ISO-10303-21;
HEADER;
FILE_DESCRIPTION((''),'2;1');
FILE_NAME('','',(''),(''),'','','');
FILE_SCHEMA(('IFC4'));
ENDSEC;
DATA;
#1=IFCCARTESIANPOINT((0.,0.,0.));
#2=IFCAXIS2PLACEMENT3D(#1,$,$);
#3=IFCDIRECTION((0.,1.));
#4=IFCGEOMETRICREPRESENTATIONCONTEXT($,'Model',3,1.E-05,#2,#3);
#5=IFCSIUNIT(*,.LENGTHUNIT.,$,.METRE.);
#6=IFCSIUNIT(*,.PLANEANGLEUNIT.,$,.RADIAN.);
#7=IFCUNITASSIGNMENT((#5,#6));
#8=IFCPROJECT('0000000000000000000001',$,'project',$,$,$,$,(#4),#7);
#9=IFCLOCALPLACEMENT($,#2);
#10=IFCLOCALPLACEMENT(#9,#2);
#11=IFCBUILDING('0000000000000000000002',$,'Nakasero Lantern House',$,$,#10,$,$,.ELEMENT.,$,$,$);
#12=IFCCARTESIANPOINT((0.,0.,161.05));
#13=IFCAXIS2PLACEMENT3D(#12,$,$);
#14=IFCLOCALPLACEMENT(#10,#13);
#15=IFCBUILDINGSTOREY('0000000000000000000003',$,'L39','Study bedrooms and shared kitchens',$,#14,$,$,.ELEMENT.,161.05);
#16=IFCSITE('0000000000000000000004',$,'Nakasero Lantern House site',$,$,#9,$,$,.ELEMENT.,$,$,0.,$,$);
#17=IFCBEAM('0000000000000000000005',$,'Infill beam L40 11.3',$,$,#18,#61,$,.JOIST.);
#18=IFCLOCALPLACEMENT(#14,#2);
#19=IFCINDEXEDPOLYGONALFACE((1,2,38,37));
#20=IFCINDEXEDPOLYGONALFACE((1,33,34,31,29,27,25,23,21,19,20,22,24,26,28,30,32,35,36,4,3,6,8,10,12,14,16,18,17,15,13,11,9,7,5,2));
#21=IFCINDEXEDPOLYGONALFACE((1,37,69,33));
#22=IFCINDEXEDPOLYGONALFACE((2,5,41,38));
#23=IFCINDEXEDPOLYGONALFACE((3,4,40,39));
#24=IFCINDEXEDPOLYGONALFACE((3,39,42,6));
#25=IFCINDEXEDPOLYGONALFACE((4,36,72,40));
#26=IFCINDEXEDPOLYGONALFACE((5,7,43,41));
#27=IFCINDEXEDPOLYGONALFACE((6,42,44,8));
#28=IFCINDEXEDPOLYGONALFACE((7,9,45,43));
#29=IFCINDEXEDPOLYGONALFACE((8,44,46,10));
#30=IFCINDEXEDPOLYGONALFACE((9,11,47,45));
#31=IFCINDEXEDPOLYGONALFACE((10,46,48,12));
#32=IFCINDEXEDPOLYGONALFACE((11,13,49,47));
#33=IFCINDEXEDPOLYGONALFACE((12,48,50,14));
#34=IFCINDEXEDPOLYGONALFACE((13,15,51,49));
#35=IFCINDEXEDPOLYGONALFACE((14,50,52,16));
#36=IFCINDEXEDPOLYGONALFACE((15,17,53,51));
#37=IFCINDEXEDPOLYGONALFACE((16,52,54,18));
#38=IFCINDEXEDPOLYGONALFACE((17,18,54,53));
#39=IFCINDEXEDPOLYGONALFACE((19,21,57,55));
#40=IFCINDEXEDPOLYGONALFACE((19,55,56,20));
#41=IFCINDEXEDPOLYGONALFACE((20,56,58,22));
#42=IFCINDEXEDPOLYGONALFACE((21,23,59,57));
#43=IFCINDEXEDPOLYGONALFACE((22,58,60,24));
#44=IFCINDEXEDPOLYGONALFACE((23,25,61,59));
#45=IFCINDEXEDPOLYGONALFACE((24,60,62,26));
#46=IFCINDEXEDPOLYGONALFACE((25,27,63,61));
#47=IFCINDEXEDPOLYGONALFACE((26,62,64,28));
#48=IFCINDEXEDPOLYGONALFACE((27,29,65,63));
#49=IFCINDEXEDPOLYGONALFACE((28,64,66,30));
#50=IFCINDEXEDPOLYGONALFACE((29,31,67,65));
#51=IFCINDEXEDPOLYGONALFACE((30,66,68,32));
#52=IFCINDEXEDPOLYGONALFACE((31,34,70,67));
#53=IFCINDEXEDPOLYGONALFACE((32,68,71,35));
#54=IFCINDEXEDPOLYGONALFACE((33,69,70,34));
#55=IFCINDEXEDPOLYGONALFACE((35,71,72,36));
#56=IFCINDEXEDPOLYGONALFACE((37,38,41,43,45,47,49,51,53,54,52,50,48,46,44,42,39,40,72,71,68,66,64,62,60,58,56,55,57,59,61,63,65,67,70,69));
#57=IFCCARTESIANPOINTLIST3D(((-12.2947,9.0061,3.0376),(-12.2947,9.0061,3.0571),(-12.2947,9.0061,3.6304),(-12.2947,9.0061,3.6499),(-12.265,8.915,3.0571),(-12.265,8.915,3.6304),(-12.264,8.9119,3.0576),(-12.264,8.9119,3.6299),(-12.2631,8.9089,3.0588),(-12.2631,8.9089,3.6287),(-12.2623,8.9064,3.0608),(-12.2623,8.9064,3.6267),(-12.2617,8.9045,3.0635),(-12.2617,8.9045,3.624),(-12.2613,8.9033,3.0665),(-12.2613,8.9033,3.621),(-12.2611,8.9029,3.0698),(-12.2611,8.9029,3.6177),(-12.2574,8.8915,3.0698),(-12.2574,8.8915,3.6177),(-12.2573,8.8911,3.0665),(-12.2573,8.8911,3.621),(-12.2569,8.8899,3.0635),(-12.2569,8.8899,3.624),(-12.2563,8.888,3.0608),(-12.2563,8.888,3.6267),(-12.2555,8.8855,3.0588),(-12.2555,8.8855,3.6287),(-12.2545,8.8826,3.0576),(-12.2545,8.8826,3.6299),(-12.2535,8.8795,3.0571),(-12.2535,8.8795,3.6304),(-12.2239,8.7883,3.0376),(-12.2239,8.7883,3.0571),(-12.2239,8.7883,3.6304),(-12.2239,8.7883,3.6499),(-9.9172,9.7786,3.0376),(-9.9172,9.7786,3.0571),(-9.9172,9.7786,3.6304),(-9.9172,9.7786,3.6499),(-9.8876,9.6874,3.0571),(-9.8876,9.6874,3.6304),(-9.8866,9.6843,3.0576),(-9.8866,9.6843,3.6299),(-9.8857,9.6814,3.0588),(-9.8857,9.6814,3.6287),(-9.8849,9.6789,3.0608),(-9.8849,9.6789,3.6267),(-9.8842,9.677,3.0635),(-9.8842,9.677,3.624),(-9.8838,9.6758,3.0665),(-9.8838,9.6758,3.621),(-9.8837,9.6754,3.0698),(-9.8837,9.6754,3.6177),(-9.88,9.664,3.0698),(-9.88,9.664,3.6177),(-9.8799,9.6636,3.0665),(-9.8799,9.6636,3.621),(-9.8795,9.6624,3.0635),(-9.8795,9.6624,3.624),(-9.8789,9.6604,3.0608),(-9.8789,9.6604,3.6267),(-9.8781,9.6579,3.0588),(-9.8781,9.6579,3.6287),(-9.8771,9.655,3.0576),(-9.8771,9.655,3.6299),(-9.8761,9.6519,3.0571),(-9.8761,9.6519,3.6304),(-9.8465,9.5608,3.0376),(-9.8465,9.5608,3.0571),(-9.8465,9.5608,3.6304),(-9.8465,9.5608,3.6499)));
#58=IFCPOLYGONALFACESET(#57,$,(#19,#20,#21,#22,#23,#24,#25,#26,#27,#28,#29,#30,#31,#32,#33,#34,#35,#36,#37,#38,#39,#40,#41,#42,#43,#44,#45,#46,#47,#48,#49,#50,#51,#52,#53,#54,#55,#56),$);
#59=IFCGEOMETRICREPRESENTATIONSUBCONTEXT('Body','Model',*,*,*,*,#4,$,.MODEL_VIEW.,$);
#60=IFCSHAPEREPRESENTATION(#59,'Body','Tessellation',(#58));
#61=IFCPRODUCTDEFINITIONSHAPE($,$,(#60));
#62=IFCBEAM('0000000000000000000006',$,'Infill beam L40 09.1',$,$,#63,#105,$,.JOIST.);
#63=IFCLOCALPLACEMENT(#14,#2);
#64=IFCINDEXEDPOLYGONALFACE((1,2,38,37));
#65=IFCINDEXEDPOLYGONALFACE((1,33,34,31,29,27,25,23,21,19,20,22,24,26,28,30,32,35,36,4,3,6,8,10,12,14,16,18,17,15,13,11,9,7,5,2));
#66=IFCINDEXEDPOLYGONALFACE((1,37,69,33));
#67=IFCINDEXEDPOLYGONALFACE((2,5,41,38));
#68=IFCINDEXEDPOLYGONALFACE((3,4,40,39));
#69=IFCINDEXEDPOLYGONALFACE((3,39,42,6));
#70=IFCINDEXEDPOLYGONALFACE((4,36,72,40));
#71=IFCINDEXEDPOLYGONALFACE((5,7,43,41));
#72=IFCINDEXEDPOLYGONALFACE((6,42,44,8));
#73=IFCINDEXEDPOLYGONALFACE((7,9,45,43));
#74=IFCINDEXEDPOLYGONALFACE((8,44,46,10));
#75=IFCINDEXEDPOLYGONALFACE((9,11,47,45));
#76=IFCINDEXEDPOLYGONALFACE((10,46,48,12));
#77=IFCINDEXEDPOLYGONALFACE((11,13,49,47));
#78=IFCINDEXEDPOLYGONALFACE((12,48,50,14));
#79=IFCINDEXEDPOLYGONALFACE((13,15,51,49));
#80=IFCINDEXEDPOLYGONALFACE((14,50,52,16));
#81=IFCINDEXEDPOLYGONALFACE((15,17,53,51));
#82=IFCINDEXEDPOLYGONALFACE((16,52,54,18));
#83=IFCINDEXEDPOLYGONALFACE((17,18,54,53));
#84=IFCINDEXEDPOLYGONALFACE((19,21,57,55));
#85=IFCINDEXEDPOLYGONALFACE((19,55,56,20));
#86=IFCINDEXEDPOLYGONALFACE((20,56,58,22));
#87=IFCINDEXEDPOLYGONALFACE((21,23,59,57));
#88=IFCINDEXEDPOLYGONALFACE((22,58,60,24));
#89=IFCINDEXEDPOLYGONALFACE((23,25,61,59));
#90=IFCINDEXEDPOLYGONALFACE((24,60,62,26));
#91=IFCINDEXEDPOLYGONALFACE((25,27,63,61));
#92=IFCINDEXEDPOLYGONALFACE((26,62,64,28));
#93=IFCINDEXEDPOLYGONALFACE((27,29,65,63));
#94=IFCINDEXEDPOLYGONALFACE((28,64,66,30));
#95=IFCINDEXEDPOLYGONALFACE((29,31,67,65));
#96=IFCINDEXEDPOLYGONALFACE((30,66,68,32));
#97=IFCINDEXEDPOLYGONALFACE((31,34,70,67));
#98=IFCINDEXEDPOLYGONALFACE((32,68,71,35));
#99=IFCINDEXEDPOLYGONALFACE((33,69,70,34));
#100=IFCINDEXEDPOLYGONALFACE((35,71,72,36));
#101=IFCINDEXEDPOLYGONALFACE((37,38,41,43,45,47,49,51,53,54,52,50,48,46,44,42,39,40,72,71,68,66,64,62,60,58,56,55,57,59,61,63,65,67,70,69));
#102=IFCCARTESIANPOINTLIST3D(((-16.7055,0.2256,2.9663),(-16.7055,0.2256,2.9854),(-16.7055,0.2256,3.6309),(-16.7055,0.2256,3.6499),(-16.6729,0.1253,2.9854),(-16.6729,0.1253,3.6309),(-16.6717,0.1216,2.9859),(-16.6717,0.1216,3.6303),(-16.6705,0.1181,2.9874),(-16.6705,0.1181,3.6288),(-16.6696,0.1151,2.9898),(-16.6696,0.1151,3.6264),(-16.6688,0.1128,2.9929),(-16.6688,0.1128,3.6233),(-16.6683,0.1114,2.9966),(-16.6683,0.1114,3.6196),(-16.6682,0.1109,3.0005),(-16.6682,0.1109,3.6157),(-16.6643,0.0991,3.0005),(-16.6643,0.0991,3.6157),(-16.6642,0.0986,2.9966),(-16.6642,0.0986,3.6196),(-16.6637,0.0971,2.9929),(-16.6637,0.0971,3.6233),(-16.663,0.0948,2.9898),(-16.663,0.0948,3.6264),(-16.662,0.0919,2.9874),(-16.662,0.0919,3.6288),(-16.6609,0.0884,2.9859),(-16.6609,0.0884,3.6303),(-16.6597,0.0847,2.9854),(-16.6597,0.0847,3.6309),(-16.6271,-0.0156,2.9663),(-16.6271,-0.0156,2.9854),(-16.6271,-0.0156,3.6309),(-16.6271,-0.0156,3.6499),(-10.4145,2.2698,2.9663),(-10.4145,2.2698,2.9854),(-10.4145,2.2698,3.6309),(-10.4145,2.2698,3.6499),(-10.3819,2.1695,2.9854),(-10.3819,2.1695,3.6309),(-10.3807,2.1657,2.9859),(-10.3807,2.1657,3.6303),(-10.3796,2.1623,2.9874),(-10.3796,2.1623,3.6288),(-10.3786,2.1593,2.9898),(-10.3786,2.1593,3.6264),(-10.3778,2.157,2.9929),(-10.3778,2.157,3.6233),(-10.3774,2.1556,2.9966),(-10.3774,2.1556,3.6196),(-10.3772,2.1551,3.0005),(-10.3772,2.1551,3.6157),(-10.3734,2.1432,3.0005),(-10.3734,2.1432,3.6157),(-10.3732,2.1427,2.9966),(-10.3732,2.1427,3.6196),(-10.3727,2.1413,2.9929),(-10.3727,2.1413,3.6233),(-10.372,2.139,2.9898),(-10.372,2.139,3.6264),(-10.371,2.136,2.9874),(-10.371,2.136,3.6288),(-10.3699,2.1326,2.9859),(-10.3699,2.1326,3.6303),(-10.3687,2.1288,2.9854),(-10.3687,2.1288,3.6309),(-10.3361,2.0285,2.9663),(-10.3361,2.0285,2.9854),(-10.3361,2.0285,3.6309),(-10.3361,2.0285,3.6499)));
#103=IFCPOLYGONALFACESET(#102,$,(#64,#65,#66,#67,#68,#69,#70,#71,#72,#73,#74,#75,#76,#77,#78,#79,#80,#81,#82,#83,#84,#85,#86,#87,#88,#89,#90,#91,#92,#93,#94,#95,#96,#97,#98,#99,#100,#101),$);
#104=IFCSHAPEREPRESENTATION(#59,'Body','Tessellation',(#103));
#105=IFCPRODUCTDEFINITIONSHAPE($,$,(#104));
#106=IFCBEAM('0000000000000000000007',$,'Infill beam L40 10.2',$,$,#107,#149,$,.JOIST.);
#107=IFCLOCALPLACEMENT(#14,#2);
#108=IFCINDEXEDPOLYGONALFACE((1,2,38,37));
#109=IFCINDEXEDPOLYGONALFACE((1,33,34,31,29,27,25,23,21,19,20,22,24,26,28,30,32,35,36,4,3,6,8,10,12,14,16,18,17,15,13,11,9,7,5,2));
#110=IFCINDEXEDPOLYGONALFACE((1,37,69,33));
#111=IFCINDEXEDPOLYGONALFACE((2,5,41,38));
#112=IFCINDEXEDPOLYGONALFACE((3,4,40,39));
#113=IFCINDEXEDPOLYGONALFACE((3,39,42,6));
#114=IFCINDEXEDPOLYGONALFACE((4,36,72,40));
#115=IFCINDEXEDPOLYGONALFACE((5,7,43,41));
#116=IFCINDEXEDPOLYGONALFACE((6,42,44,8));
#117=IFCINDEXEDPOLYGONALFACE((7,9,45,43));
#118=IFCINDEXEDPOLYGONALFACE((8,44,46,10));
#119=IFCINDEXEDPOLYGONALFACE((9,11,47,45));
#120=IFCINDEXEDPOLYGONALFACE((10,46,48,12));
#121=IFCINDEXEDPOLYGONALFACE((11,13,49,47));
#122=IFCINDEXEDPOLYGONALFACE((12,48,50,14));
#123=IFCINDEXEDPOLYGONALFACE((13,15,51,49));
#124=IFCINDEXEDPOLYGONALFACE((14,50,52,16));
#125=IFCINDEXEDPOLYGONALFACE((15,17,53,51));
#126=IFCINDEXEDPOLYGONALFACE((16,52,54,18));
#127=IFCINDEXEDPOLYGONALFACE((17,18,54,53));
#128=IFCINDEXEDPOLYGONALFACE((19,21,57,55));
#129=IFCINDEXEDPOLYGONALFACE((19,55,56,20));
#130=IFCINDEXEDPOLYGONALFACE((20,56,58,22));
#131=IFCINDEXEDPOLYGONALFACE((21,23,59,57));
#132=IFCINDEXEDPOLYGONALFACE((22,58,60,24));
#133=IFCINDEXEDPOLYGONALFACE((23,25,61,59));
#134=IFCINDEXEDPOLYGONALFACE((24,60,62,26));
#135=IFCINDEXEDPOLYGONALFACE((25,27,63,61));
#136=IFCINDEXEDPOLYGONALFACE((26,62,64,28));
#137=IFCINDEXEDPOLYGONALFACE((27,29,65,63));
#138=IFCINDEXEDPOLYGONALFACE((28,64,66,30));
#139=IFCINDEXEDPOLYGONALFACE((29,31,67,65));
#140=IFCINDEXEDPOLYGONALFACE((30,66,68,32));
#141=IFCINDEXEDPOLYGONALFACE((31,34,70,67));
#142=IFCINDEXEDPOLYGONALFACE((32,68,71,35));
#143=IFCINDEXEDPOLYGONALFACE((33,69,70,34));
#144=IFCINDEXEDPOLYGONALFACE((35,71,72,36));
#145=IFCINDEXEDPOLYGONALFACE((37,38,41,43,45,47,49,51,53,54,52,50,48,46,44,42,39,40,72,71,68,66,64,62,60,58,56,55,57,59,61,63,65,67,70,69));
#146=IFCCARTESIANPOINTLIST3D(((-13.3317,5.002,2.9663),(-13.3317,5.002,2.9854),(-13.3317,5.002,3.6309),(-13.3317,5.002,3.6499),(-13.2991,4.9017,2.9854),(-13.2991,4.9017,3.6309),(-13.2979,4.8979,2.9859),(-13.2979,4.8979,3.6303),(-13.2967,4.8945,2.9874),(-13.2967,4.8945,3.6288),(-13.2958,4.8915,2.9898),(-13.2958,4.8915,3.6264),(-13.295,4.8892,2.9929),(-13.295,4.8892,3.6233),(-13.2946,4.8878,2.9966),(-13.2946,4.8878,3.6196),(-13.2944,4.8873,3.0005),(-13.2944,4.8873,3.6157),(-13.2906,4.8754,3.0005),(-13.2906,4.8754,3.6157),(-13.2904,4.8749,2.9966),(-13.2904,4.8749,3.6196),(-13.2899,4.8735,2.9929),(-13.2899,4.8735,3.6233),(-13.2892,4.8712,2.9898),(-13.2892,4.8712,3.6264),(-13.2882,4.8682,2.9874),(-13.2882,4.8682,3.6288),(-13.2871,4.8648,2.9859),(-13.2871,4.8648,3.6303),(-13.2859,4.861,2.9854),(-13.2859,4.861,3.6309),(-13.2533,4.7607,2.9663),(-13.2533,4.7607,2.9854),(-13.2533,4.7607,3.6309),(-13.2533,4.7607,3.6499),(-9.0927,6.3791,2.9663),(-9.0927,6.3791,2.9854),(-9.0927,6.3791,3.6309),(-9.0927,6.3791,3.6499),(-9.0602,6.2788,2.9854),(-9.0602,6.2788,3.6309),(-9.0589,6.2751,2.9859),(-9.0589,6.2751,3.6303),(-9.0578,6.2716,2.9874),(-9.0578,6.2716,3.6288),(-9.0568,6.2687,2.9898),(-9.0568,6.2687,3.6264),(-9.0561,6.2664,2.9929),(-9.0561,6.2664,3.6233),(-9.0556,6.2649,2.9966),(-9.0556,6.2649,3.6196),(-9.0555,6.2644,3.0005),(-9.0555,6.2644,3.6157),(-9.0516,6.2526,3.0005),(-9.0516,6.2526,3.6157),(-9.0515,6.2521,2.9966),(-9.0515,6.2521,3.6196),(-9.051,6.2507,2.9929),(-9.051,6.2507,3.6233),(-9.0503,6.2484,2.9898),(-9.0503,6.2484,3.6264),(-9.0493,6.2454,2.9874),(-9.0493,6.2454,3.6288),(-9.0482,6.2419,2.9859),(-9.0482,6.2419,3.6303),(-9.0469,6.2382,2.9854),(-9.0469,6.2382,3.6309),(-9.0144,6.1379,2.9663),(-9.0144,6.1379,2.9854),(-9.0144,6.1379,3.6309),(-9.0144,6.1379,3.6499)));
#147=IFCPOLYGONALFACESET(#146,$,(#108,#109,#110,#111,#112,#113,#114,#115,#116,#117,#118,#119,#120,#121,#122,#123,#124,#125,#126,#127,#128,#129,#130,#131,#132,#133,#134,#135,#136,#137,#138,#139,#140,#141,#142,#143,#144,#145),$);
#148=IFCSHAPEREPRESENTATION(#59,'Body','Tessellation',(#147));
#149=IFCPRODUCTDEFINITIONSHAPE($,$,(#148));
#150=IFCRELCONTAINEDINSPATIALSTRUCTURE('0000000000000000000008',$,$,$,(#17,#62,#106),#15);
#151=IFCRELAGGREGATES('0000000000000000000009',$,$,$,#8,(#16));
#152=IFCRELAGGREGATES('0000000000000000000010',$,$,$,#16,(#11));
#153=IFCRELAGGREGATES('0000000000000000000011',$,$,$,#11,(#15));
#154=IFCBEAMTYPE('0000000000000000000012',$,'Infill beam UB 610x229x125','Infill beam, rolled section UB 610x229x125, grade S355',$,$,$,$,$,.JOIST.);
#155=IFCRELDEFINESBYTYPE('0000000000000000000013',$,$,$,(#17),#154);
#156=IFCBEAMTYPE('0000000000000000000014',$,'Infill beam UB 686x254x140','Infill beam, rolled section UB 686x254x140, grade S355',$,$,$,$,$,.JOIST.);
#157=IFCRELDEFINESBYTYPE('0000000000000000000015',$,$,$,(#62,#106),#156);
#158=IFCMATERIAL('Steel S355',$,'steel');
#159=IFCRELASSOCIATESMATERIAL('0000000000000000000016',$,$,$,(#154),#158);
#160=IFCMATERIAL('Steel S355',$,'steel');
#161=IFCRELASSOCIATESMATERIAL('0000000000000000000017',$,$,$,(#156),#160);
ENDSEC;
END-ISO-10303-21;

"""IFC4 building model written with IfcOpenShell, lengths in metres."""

from ifc_helpers import new_model, si_unit, direction, frame, origin, origin_2d, place, context, subcontext, project, spatial, i_section, extrude, material, material_profile, profile_set, type_object, element, save


model = new_model("IFC4")

# Units and contexts
model_context = context("Model", 3, precision=1e-05, world=origin(), true_north=direction((0.0, 1.0)))
body_context = subcontext(model_context, "Body", "Model", "MODEL_VIEW")
ifc_project = project(units=[si_unit("LENGTHUNIT", "METRE"), si_unit("PLANEANGLEUNIT", "RADIAN")], contexts=[model_context])

# Site, building, storey
site_placement = place(None, origin())
site = spatial("IfcSite", under=ifc_project, at=site_placement, Name="Nakasero Lantern House site", CompositionType="ELEMENT", RefElevation=0.0)
building_placement = place(site_placement, origin())
building = spatial("IfcBuilding", under=site, at=building_placement, Name="Nakasero Lantern House", CompositionType="ELEMENT")
storey_placement = place(building_placement, frame((0.0, 0.0, 161.05)))
storey = spatial("IfcBuildingStorey", under=building, at=storey_placement, Name="L39", Description="Study bedrooms and shared kitchens", CompositionType="ELEMENT", Elevation=161.05)

# Beams
ifc_material_1 = material(Name="Steel S355", Category="steel")
ifc_material_profile_1 = material_profile(ifc_material_1, i_section(OverallWidth=0.229, OverallDepth=0.6123, WebThickness=0.012, FlangeThickness=0.0195, FilletRadius=0.0127, at=origin_2d()), Name="UB 610x229x125")
ifc_profile_set_1 = profile_set([ifc_material_profile_1], Name="Steel S355")
beam_type_1 = type_object("IfcBeamType", Name="Infill beam UB 610x229x125", Description="Infill beam, rolled section UB 610x229x125, grade S355", PredefinedType="JOIST", material=ifc_profile_set_1)
beam_1_placement = place(storey_placement, frame((-12.2593, 8.8972, 3.3438), z_axis=(0.951058, 0.309011, 0.0), x_axis=(-0.309011, 0.951058, 0.0)))
element("IfcBeam", 1, at=beam_1_placement, inside=storey, type_object=beam_type_1, Name="Infill beam L40 11.3", PredefinedType="JOIST", context=body_context, shape_type="SweptSolid", body=[
    extrude(i_section(OverallWidth=0.229, OverallDepth=0.6123, WebThickness=0.012, FlangeThickness=0.0195, FilletRadius=0.0127, at=origin_2d()), origin(), (0.0, 0.0, 1.0), 2.4998),
])
ifc_material_2 = material(Name="Steel S355", Category="steel")
ifc_material_profile_2 = material_profile(ifc_material_2, i_section(OverallWidth=0.2537, OverallDepth=0.6836, WebThickness=0.0125, FlangeThickness=0.019, FilletRadius=0.0151, at=origin_2d()), Name="UB 686x254x140")
ifc_profile_set_2 = profile_set([ifc_material_profile_2], Name="Steel S355")
beam_type_2 = type_object("IfcBeamType", Name="Infill beam UB 686x254x140", Description="Infill beam, rolled section UB 686x254x140, grade S355", PredefinedType="JOIST", material=ifc_profile_set_2)
beam_2_placement = place(storey_placement, frame((-16.6663, 0.105, 3.3081), z_axis=(0.951051, 0.309033, 0.0), x_axis=(-0.309033, 0.951051, 0.0)))
element("IfcBeam", 2, at=beam_2_placement, inside=storey, type_object=beam_type_2, Name="Infill beam L40 09.1", PredefinedType="JOIST", context=body_context, shape_type="SweptSolid", body=[
    extrude(i_section(OverallWidth=0.2537, OverallDepth=0.6836, WebThickness=0.0125, FlangeThickness=0.019, FilletRadius=0.0151, at=origin_2d()), origin(), (0.0, 0.0, 1.0), 6.6147),
])
beam_3_placement = place(storey_placement, frame((-13.2925, 4.8813, 3.3081), z_axis=(0.951066, 0.308988, 0.0), x_axis=(-0.308988, 0.951066, 0.0)))
element("IfcBeam", 3, at=beam_3_placement, inside=storey, type_object=beam_type_2, Name="Infill beam L40 10.2", PredefinedType="JOIST", context=body_context, shape_type="SweptSolid", body=[
    extrude(i_section(OverallWidth=0.2537, OverallDepth=0.6836, WebThickness=0.0125, FlangeThickness=0.019, FilletRadius=0.0151, at=origin_2d()), origin(), (0.0, 0.0, 1.0), 4.457),
])

save(model, "model.ifc")
